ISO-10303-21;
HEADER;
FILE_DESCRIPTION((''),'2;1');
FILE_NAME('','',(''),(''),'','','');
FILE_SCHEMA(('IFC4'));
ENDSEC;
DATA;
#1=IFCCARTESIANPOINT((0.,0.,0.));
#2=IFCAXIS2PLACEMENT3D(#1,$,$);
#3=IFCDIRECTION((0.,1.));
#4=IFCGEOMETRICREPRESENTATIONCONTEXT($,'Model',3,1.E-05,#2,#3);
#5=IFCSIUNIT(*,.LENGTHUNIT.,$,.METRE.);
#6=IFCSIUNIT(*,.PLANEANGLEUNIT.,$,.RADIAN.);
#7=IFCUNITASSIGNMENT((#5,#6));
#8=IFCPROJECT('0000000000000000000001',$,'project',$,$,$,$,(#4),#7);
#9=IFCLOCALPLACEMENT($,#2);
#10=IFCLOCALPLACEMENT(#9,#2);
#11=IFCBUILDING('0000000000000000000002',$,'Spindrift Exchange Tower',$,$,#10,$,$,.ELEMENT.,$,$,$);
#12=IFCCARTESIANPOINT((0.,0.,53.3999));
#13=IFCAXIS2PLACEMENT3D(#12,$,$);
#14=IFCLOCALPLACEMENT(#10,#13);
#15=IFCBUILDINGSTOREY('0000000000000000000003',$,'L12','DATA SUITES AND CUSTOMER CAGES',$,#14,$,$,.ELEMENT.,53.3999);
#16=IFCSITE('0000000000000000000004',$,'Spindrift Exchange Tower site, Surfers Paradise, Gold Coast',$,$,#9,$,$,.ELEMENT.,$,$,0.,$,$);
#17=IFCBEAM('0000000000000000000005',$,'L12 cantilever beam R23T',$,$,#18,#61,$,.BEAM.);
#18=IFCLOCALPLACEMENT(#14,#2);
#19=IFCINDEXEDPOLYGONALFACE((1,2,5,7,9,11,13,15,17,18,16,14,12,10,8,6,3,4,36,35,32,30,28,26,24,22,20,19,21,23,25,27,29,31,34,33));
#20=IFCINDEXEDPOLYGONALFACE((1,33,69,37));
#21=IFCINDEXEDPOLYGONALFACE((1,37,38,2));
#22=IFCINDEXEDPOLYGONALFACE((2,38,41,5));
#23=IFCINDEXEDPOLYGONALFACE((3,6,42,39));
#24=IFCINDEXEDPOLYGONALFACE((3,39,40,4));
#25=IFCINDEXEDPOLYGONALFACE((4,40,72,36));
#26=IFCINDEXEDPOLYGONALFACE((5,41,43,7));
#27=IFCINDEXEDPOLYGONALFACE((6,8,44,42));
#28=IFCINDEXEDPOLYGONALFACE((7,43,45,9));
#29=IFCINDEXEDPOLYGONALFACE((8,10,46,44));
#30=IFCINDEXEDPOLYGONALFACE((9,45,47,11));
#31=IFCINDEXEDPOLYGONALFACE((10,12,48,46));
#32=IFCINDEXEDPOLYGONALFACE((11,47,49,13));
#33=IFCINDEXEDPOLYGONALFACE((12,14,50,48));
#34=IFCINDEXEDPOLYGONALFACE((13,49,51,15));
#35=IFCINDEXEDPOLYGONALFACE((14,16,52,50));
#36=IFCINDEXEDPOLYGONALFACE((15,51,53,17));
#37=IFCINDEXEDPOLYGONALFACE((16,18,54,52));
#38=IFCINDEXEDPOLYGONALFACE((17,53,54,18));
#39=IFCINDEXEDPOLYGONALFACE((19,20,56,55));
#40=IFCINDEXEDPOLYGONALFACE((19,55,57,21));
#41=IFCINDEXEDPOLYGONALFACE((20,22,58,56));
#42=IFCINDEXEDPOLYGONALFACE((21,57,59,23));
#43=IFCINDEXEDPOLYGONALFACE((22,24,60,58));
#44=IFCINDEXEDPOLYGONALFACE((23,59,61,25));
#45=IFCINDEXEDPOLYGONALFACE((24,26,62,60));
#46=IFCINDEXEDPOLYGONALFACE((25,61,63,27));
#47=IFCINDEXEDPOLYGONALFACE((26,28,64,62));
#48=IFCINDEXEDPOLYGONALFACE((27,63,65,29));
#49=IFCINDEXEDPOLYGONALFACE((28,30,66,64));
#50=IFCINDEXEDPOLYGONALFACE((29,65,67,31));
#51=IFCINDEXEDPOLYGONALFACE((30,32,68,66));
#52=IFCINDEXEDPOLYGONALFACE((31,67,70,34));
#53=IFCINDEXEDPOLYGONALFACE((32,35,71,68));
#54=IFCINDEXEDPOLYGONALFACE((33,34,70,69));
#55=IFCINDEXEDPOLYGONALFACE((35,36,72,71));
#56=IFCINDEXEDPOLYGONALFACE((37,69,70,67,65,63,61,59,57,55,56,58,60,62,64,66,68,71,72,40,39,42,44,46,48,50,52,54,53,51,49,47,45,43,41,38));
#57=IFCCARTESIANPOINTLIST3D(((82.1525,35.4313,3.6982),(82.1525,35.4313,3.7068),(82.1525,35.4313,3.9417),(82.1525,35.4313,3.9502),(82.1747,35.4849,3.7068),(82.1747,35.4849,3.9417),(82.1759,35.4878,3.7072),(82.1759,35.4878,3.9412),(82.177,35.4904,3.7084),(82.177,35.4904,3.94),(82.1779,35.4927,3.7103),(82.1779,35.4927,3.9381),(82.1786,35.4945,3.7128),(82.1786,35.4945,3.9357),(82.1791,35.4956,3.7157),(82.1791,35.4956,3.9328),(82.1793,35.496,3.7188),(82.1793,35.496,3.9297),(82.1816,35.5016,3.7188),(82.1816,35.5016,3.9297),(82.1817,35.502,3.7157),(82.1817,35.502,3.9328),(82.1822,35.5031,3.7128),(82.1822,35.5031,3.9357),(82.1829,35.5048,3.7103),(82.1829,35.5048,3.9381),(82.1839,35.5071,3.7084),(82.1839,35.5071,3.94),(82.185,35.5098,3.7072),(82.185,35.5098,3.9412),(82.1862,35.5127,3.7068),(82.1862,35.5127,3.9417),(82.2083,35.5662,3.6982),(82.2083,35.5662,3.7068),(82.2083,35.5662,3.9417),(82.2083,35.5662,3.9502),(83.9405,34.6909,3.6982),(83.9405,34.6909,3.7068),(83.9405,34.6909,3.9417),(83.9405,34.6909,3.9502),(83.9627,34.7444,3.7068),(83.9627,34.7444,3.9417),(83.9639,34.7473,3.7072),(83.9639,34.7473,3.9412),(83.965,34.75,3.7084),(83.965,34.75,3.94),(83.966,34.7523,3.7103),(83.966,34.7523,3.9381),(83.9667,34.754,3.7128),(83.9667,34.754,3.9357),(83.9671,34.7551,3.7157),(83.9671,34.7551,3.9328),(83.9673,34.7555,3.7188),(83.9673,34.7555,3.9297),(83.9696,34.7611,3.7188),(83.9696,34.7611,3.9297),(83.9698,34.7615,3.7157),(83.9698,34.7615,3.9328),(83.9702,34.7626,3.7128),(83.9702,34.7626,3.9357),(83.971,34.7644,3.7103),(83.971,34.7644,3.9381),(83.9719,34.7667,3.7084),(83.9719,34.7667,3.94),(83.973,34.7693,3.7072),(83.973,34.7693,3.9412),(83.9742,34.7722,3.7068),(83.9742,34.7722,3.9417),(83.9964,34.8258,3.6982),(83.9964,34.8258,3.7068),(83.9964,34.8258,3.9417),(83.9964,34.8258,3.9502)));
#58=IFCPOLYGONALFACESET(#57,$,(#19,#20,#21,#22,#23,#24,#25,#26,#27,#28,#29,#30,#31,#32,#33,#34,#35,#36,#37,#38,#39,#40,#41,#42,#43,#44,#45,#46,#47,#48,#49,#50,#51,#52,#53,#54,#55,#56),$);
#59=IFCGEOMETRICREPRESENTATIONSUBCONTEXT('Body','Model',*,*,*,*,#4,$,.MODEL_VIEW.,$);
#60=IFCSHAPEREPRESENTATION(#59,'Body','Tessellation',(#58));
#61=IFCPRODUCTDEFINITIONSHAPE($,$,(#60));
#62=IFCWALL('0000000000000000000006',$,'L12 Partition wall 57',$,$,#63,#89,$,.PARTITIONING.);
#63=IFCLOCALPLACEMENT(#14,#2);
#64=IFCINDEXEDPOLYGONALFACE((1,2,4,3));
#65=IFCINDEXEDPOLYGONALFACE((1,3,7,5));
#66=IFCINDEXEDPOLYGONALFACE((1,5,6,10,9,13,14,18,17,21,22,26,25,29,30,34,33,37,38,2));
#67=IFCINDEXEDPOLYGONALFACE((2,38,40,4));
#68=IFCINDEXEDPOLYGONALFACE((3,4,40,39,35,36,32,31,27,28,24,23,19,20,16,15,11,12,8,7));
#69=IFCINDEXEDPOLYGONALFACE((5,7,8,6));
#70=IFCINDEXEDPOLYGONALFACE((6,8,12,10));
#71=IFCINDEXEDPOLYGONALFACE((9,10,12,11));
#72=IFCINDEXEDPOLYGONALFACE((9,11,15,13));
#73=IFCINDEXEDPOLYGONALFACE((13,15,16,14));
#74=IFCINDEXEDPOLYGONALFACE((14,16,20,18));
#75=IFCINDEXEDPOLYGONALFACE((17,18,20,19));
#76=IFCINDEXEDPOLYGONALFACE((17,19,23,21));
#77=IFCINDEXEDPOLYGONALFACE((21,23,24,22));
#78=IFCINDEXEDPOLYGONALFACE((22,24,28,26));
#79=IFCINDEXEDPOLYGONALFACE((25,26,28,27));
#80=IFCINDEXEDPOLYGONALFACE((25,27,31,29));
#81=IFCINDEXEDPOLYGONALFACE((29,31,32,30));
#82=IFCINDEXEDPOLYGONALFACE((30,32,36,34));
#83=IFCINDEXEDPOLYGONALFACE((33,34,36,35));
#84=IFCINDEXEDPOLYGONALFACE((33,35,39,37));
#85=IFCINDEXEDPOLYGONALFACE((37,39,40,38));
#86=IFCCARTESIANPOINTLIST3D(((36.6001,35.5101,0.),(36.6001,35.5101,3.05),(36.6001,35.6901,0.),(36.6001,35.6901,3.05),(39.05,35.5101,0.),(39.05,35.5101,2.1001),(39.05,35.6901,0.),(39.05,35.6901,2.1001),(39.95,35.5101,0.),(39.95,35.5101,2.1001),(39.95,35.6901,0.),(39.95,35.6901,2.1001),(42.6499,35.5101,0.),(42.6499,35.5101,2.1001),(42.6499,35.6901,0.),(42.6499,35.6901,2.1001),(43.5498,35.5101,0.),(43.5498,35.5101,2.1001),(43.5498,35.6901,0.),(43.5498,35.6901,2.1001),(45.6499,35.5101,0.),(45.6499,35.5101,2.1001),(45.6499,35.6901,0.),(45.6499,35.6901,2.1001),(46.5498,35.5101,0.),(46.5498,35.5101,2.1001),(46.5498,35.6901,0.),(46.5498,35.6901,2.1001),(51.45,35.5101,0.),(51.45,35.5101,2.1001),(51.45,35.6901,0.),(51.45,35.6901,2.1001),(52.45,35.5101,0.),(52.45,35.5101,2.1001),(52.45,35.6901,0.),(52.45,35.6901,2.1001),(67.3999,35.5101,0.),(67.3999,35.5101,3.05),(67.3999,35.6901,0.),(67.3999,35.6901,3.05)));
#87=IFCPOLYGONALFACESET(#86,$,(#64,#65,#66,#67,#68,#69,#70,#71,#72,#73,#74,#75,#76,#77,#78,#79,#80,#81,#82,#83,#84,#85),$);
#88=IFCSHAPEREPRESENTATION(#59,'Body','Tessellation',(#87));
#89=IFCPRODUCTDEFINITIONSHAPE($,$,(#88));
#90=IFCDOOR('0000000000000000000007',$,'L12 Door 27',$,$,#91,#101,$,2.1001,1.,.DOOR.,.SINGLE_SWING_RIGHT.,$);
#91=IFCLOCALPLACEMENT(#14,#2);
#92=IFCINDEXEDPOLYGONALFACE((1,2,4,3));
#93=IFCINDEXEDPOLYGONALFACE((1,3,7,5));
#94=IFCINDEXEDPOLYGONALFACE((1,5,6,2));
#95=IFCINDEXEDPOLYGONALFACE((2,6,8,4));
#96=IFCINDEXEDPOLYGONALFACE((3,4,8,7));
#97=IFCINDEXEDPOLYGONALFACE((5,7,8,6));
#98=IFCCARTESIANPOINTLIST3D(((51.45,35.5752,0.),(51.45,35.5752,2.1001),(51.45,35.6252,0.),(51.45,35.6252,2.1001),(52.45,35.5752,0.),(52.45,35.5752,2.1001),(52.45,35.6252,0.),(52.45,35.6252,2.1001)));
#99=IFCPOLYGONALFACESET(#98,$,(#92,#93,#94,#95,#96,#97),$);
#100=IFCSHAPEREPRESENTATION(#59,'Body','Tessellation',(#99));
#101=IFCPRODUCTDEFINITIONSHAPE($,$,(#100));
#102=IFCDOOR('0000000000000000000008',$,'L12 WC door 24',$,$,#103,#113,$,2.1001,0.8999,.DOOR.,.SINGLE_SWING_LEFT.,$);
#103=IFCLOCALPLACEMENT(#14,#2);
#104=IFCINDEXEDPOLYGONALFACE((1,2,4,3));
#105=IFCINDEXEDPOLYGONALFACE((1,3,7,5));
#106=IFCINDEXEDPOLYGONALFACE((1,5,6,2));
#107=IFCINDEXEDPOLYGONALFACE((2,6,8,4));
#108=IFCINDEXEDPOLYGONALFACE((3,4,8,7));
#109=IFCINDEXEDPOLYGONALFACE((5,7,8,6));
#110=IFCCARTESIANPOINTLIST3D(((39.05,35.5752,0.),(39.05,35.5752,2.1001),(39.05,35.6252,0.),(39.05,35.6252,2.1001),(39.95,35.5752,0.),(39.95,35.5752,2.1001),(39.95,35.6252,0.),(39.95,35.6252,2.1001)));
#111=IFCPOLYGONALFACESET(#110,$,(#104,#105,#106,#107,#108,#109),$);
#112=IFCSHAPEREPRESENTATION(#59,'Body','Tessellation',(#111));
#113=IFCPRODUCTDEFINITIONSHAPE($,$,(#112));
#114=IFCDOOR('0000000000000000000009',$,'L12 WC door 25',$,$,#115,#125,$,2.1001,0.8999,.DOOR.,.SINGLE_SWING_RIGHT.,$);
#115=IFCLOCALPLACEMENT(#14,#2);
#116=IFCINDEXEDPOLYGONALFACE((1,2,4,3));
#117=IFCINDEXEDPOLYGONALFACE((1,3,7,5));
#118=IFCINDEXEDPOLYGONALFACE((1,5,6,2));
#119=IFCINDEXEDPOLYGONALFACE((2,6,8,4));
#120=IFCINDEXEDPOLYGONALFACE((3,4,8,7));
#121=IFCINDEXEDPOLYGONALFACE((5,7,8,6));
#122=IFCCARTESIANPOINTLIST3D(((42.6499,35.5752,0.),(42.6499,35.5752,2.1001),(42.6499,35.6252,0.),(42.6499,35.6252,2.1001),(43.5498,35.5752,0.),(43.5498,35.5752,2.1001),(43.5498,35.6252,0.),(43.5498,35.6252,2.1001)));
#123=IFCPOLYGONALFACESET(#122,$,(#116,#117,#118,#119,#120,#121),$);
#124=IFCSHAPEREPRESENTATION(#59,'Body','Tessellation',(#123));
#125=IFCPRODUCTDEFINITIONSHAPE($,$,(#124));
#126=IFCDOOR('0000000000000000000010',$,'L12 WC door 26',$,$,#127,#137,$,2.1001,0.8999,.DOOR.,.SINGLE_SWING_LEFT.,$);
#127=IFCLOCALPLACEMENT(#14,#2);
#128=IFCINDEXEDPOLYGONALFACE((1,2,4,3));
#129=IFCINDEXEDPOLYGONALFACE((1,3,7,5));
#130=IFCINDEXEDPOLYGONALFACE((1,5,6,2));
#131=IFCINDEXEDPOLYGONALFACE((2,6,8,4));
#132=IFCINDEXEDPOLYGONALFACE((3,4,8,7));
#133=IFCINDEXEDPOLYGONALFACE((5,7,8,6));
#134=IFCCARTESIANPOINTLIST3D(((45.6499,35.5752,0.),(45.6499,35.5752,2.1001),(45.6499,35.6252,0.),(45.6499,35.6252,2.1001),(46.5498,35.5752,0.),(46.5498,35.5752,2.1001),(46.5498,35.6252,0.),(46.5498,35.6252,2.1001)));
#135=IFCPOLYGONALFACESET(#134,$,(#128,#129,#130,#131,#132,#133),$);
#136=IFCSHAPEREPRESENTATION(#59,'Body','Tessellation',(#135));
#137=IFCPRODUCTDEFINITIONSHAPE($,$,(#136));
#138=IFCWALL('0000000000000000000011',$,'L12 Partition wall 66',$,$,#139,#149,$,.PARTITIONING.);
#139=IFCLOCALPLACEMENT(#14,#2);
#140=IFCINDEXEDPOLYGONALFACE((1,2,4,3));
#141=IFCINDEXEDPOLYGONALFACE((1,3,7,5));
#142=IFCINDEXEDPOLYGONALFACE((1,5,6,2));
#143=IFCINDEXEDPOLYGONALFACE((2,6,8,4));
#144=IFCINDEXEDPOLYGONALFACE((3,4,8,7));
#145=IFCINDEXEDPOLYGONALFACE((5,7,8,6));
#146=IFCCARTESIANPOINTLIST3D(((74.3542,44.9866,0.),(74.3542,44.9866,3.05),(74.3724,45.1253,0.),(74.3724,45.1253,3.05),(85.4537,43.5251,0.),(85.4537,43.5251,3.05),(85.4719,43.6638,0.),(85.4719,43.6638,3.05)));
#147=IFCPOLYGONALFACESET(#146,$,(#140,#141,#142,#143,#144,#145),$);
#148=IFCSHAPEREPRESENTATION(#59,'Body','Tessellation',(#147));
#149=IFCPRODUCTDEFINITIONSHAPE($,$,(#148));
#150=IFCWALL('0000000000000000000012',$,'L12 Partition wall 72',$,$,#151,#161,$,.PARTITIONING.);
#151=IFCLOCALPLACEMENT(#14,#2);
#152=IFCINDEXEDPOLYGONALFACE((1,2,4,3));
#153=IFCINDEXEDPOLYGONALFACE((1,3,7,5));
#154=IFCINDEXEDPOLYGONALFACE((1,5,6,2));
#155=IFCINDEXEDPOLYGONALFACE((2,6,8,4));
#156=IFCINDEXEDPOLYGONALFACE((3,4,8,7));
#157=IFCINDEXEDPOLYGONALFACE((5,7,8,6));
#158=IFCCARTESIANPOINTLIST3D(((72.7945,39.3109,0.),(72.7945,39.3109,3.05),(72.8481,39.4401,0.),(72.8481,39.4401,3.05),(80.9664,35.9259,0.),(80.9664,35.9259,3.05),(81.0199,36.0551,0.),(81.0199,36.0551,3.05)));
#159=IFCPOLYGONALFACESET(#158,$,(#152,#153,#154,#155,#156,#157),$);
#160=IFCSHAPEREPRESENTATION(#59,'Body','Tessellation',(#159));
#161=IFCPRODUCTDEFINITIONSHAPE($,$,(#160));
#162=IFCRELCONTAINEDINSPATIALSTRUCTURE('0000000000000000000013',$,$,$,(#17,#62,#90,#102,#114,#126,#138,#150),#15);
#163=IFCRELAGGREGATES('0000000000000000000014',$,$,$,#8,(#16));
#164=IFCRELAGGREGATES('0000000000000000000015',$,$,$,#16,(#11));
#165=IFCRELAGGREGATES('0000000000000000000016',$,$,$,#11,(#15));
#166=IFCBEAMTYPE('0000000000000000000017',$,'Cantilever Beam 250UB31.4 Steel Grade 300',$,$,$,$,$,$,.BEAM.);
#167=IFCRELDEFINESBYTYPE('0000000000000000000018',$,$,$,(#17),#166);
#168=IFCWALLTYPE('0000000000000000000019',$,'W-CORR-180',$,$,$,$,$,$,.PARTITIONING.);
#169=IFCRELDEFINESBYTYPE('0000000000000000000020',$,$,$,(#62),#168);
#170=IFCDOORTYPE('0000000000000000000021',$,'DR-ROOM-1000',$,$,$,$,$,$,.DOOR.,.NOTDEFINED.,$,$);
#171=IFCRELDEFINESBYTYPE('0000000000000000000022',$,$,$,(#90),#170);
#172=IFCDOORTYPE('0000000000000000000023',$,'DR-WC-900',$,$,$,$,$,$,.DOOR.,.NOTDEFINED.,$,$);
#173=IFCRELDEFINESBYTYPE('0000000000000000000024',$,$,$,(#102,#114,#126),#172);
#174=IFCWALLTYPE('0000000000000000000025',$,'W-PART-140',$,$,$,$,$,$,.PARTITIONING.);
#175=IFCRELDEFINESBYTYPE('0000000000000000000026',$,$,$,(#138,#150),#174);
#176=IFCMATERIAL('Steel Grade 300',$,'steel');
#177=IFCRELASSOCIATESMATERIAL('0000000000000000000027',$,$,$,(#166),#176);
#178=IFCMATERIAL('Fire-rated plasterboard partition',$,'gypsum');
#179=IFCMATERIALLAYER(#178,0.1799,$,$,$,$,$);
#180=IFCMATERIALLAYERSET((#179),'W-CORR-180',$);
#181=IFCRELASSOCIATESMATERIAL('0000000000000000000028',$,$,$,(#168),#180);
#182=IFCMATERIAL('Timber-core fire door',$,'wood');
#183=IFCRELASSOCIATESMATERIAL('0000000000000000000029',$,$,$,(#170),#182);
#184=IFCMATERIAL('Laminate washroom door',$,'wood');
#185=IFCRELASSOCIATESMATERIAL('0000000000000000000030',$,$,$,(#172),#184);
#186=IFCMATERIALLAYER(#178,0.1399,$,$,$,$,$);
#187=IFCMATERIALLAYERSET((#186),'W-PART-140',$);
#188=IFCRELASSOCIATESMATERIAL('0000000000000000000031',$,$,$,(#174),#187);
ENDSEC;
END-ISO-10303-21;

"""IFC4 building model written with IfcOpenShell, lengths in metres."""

from ifc_helpers import new_model, si_unit, direction, frame, frame_2d, origin, origin_2d, place, context, subcontext, project, spatial, rectangle, i_section, extrude, source, transform, mapped, material, layer, layer_set, material_profile, profile_set, type_object, element, fill, save


model = new_model("IFC4")

# Units and contexts
model_context = context("Model", 3, precision=1e-05, world=origin(), true_north=direction((0.0, 1.0)))
body_context = subcontext(model_context, "Body", "Model", "MODEL_VIEW")
ifc_project = project(units=[si_unit("LENGTHUNIT", "METRE"), si_unit("PLANEANGLEUNIT", "RADIAN")], contexts=[model_context])

# Site, building, storey
site_placement = place(None, origin())
site = spatial("IfcSite", under=ifc_project, at=site_placement, Name="Spindrift Exchange Tower site, Surfers Paradise, Gold Coast", CompositionType="ELEMENT", RefElevation=0.0)
building_placement = place(site_placement, origin())
building = spatial("IfcBuilding", under=site, at=building_placement, Name="Spindrift Exchange Tower", CompositionType="ELEMENT")
storey_placement = place(building_placement, frame((0.0, 0.0, 53.3999)))
storey = spatial("IfcBuildingStorey", under=building, at=storey_placement, Name="L12", Description="DATA SUITES AND CUSTOMER CAGES", CompositionType="ELEMENT", Elevation=53.3999)

# Beam
ifc_material_1 = material(Name="Steel Grade 300", Category="steel")
ifc_material_profile_1 = material_profile(ifc_material_1, i_section(OverallWidth=0.146, OverallDepth=0.252, WebThickness=0.0061, FlangeThickness=0.0085, FilletRadius=0.012, at=origin_2d()), Name="250UB31.4")
ifc_profile_set_1 = profile_set([ifc_material_profile_1], Name="Steel Grade 300")
beam_type_1 = type_object("IfcBeamType", Name="Cantilever Beam 250UB31.4 Steel Grade 300", PredefinedType="BEAM", material=ifc_profile_set_1)
shared_shape_1 = source(origin(), body_context, "Body", "SweptSolid", [
    extrude(i_section(OverallWidth=0.146, OverallDepth=0.252, WebThickness=0.0061, FlangeThickness=0.0085, FilletRadius=0.012, at=origin_2d()), origin(), (0.0, 0.0, 1.0), 1.9353),
])
beam_1_placement = place(storey_placement, frame((82.1804, 35.4988, 3.8242), z_axis=(0.923911, -0.382608, 0.0), x_axis=(0.382608, 0.923911, 0.0)))
element("IfcBeam", 1, at=beam_1_placement, inside=storey, type_object=beam_type_1, Name="L12 cantilever beam R23T", PredefinedType="BEAM", context=body_context, shape_type="MappedRepresentation", body=[
    mapped(shared_shape_1, transform((0.0, 0.0, 0.0), scale=1.0)),
])

# Wall, openings, doors
ifc_material_2 = material(Name="Fire-rated plasterboard partition", Category="gypsum")
ifc_layer_1 = layer(ifc_material_2, 0.1799)
ifc_layer_set_1 = layer_set([ifc_layer_1], Name="W-CORR-180")
wall_type_1 = type_object("IfcWallType", Name="W-CORR-180", PredefinedType="PARTITIONING", material=ifc_layer_set_1)
wall_1_placement = place(storey_placement, frame((67.3999, 35.6001, 0.0), z_axis=(0.0, 0.0, 1.0), x_axis=(-1.0, 0.0, 0.0)))
wall_1 = element("IfcWall", 2, at=wall_1_placement, inside=storey, type_object=wall_type_1, Name="L12 Partition wall 57", PredefinedType="PARTITIONING", context=body_context, shape_type="SweptSolid", body=[
    extrude(rectangle(XDim=30.7998, YDim=0.1799, at=frame_2d((15.3999, 0.0))), origin(), (0.0, 0.0, 1.0), 3.05),
])
opening_1_placement = place(wall_1_placement, frame((27.45, 0.0, 0.0)))
opening_1 = element("IfcOpeningElement", 3, at=opening_1_placement, cuts=wall_1, PredefinedType="OPENING", context=body_context, shape_type="SweptSolid", body=[
    extrude(rectangle(XDim=0.8999, YDim=2.1001, at=frame_2d((0.45, 1.05))), frame((0.0, 0.0999, 0.0), z_axis=(0.0, -1.0, 0.0), x_axis=(1.0, 0.0, 0.0)), (0.0, 0.0, 1.0), 0.2),
])
opening_2_placement = place(wall_1_placement, frame((23.8501, 0.0, 0.0)))
opening_2 = element("IfcOpeningElement", 4, at=opening_2_placement, cuts=wall_1, PredefinedType="OPENING", context=body_context, shape_type="SweptSolid", body=[
    extrude(rectangle(XDim=0.8999, YDim=2.1001, at=frame_2d((0.45, 1.05))), frame((0.0, 0.0999, 0.0), z_axis=(0.0, -1.0, 0.0), x_axis=(1.0, 0.0, 0.0)), (0.0, 0.0, 1.0), 0.2),
])
opening_3_placement = place(wall_1_placement, frame((20.8501, 0.0, 0.0)))
opening_3 = element("IfcOpeningElement", 5, at=opening_3_placement, cuts=wall_1, PredefinedType="OPENING", context=body_context, shape_type="SweptSolid", body=[
    extrude(rectangle(XDim=0.8999, YDim=2.1001, at=frame_2d((0.45, 1.05))), frame((0.0, 0.0999, 0.0), z_axis=(0.0, -1.0, 0.0), x_axis=(1.0, 0.0, 0.0)), (0.0, 0.0, 1.0), 0.2),
])
opening_4_placement = place(wall_1_placement, frame((14.95, 0.0, 0.0)))
opening_4 = element("IfcOpeningElement", 6, at=opening_4_placement, cuts=wall_1, PredefinedType="OPENING", context=body_context, shape_type="SweptSolid", body=[
    extrude(rectangle(XDim=1.0, YDim=2.1001, at=frame_2d((0.5, 1.05))), frame((0.0, 0.0999, 0.0), z_axis=(0.0, -1.0, 0.0), x_axis=(1.0, 0.0, 0.0)), (0.0, 0.0, 1.0), 0.2),
])
ifc_material_3 = material(Name="Timber-core fire door", Category="wood")
door_type_1 = type_object("IfcDoorType", Name="DR-ROOM-1000", OperationType="NOTDEFINED", PredefinedType="DOOR", material=ifc_material_3)
shared_shape_2 = source(origin(), body_context, "Body", "SweptSolid", [
    extrude(rectangle(XDim=1.0, YDim=2.1001, at=frame_2d((0.5, 1.05))), frame((0.0, 0.0249, 0.0), z_axis=(0.0, -1.0, 0.0), x_axis=(1.0, 0.0, 0.0)), (0.0, 0.0, 1.0), 0.05),
])
door_1_placement = place(opening_4_placement, origin())
door_1 = element("IfcDoor", 7, at=door_1_placement, inside=storey, type_object=door_type_1, Name="L12 Door 27", OperationType="SINGLE_SWING_RIGHT", OverallHeight=2.1001, OverallWidth=1.0, PredefinedType="DOOR", context=body_context, shape_type="MappedRepresentation", body=[
    mapped(shared_shape_2, transform((0.0, 0.0, 0.0), scale=1.0)),
])
fill(opening_4, door_1)
ifc_material_4 = material(Name="Laminate washroom door", Category="wood")
door_type_2 = type_object("IfcDoorType", Name="DR-WC-900", OperationType="NOTDEFINED", PredefinedType="DOOR", material=ifc_material_4)
shared_shape_3 = source(origin(), body_context, "Body", "SweptSolid", [
    extrude(rectangle(XDim=0.8999, YDim=2.1001, at=frame_2d((0.45, 1.05))), frame((0.0, 0.0249, 0.0), z_axis=(0.0, -1.0, 0.0), x_axis=(1.0, 0.0, 0.0)), (0.0, 0.0, 1.0), 0.05),
])
door_2_placement = place(opening_1_placement, origin())
door_2 = element("IfcDoor", 8, at=door_2_placement, inside=storey, type_object=door_type_2, Name="L12 WC door 24", OperationType="SINGLE_SWING_LEFT", OverallHeight=2.1001, OverallWidth=0.8999, PredefinedType="DOOR", context=body_context, shape_type="MappedRepresentation", body=[
    mapped(shared_shape_3, transform((0.0, 0.0, 0.0), scale=1.0)),
])
fill(opening_1, door_2)
door_3_placement = place(opening_2_placement, origin())
door_3 = element("IfcDoor", 9, at=door_3_placement, inside=storey, type_object=door_type_2, Name="L12 WC door 25", OperationType="SINGLE_SWING_RIGHT", OverallHeight=2.1001, OverallWidth=0.8999, PredefinedType="DOOR", context=body_context, shape_type="MappedRepresentation", body=[
    mapped(shared_shape_3, transform((0.0, 0.0, 0.0), scale=1.0)),
])
fill(opening_2, door_3)
door_4_placement = place(opening_3_placement, origin())
door_4 = element("IfcDoor", 10, at=door_4_placement, inside=storey, type_object=door_type_2, Name="L12 WC door 26", OperationType="SINGLE_SWING_LEFT", OverallHeight=2.1001, OverallWidth=0.8999, PredefinedType="DOOR", context=body_context, shape_type="MappedRepresentation", body=[
    mapped(shared_shape_3, transform((0.0, 0.0, 0.0), scale=1.0)),
])
fill(opening_3, door_4)

# Walls
ifc_layer_2 = layer(ifc_material_2, 0.1399)
ifc_layer_set_2 = layer_set([ifc_layer_2], Name="W-PART-140")
wall_type_2 = type_object("IfcWallType", Name="W-PART-140", PredefinedType="PARTITIONING", material=ifc_layer_set_2)
wall_2_placement = place(storey_placement, frame((74.3633, 45.0559, 0.0), z_axis=(0.0, 0.0, 1.0), x_axis=(0.991443, -0.130538, 0.0)))
element("IfcWall", 11, at=wall_2_placement, inside=storey, type_object=wall_type_2, Name="L12 Partition wall 66", PredefinedType="PARTITIONING", context=body_context, shape_type="SweptSolid", body=[
    extrude(rectangle(XDim=11.1953, YDim=0.1399, at=frame_2d((5.5977, 0.0))), origin(), (0.0, 0.0, 1.0), 3.05),
])
wall_3_placement = place(storey_placement, frame((72.8213, 39.3755, 0.0), z_axis=(0.0, 0.0, 1.0), x_axis=(0.923875, -0.382694, 0.0)))
element("IfcWall", 12, at=wall_3_placement, inside=storey, type_object=wall_type_2, Name="L12 Partition wall 72", PredefinedType="PARTITIONING", context=body_context, shape_type="SweptSolid", body=[
    extrude(rectangle(XDim=8.8452, YDim=0.1399, at=frame_2d((4.4226, 0.0))), origin(), (0.0, 0.0, 1.0), 3.05),
])

save(model, "model.ifc")
